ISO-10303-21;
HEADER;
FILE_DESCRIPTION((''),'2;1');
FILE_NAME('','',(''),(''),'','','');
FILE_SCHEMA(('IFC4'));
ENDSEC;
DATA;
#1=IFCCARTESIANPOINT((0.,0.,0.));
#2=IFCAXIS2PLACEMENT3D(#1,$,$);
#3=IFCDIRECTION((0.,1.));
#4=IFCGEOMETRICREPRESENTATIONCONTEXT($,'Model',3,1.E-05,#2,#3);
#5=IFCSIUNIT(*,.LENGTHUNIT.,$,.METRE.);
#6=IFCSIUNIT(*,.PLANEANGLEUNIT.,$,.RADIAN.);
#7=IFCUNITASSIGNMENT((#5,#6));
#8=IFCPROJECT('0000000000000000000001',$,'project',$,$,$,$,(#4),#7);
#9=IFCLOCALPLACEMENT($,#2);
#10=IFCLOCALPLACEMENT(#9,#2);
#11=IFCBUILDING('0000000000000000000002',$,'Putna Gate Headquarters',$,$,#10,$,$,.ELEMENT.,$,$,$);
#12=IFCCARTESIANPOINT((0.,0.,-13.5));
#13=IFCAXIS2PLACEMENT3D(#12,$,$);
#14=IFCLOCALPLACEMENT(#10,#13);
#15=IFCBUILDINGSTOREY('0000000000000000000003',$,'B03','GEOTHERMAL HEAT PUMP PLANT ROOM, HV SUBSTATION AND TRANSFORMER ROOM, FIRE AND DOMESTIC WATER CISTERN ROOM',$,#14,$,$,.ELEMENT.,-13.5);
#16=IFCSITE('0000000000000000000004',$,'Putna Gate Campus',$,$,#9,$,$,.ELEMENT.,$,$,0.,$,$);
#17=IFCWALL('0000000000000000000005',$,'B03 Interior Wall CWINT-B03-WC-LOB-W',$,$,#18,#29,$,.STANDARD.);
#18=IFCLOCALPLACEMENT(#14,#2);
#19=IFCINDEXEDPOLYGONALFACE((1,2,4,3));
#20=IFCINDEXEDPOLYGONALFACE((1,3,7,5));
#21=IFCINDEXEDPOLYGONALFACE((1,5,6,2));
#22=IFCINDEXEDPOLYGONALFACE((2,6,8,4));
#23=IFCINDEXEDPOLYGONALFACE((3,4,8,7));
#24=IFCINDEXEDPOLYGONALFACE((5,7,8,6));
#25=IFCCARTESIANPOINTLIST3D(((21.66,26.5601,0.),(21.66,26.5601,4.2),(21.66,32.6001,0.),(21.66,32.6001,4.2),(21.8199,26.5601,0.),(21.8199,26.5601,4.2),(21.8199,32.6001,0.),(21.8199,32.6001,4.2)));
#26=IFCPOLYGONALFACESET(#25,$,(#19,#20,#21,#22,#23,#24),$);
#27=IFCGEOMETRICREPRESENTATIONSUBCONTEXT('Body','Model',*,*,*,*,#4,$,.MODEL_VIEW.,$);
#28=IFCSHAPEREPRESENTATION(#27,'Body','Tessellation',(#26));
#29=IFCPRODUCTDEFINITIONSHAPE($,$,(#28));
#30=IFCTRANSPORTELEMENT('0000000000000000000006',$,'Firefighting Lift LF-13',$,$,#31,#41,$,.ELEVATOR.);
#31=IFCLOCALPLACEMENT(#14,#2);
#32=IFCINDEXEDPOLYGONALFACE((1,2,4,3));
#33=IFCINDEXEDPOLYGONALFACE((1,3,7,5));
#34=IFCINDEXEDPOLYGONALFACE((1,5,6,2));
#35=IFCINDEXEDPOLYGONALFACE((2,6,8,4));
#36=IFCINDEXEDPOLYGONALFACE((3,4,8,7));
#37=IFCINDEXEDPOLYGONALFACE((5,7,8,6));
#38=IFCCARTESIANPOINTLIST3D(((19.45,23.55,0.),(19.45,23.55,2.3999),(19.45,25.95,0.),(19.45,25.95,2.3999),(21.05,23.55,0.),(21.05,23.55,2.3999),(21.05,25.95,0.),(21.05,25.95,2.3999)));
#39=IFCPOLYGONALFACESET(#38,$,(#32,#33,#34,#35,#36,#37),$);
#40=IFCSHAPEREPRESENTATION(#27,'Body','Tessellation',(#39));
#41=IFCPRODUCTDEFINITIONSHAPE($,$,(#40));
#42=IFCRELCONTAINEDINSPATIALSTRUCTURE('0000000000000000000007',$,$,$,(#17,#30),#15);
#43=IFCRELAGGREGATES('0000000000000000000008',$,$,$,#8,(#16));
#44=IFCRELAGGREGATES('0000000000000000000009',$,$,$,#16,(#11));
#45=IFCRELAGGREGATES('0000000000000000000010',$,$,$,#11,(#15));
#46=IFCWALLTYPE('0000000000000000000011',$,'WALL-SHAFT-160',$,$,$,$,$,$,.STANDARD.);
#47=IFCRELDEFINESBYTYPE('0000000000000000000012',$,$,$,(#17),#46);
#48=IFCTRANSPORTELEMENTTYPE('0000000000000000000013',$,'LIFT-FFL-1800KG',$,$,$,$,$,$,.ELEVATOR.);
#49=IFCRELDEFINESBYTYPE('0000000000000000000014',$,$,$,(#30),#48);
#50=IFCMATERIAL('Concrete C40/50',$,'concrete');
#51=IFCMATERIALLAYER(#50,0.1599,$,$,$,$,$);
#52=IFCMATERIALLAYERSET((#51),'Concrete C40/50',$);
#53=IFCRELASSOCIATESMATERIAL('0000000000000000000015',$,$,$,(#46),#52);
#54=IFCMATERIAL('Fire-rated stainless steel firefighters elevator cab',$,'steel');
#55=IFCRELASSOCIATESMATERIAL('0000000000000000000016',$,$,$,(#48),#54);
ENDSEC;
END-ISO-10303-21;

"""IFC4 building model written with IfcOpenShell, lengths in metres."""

from ifc_helpers import new_model, si_unit, direction, frame, frame_2d, origin, origin_2d, place, context, subcontext, project, spatial, rectangle, extrude, material, layer, layer_set, type_object, element, save


model = new_model("IFC4")

# Units and contexts
model_context = context("Model", 3, precision=1e-05, world=origin(), true_north=direction((0.0, 1.0)))
body_context = subcontext(model_context, "Body", "Model", "MODEL_VIEW")
ifc_project = project(units=[si_unit("LENGTHUNIT", "METRE"), si_unit("PLANEANGLEUNIT", "RADIAN")], contexts=[model_context])

# Site, building, storey
site_placement = place(None, origin())
site = spatial("IfcSite", under=ifc_project, at=site_placement, Name="Putna Gate Campus", CompositionType="ELEMENT", RefElevation=0.0)
building_placement = place(site_placement, origin())
building = spatial("IfcBuilding", under=site, at=building_placement, Name="Putna Gate Headquarters", CompositionType="ELEMENT")
storey_placement = place(building_placement, frame((0.0, 0.0, -13.5)))
storey = spatial("IfcBuildingStorey", under=building, at=storey_placement, Name="B03", Description="GEOTHERMAL HEAT PUMP PLANT ROOM, HV SUBSTATION AND TRANSFORMER ROOM, FIRE AND DOMESTIC WATER CISTERN ROOM", CompositionType="ELEMENT", Elevation=-13.5)

# Shared definitions
ifc_material_1 = material(Name="Concrete C40/50", Category="concrete")

# Wall
ifc_layer = layer(ifc_material_1, 0.1599)
ifc_layer_set = layer_set([ifc_layer], Name="Concrete C40/50")
wall_type = type_object("IfcWallType", Name="WALL-SHAFT-160", PredefinedType="STANDARD", material=ifc_layer_set)
wall_1_placement = place(storey_placement, frame((21.74, 26.5601, 0.0), z_axis=(0.0, 0.0, 1.0), x_axis=(0.0, 1.0, 0.0)))
element("IfcWall", 1, at=wall_1_placement, inside=storey, type_object=wall_type, Name="B03 Interior Wall CWINT-B03-WC-LOB-W", PredefinedType="STANDARD", context=body_context, shape_type="SweptSolid", body=[
    extrude(rectangle(XDim=6.04, YDim=0.1599, at=frame_2d((3.02, 0.0))), origin(), (0.0, 0.0, 1.0), 4.2),
])

# Transport element
ifc_material_2 = material(Name="Fire-rated stainless steel firefighters elevator cab", Category="steel")
transport_element_type = type_object("IfcTransportElementType", Name="LIFT-FFL-1800KG", PredefinedType="ELEVATOR", material=ifc_material_2)
transport_element_placement = place(storey_placement, frame((20.25, 24.75, 0.0), z_axis=(0.0, 0.0, 1.0), x_axis=(1.0, 0.0, 0.0)))
element("IfcTransportElement", 2, at=transport_element_placement, inside=storey, type_object=transport_element_type, Name="Firefighting Lift LF-13", PredefinedType="ELEVATOR", context=body_context, shape_type="SweptSolid", body=[
    extrude(rectangle(XDim=1.6001, YDim=2.3999, at=origin_2d()), origin(), (0.0, 0.0, 1.0), 2.3999),
])

save(model, "model.ifc")
